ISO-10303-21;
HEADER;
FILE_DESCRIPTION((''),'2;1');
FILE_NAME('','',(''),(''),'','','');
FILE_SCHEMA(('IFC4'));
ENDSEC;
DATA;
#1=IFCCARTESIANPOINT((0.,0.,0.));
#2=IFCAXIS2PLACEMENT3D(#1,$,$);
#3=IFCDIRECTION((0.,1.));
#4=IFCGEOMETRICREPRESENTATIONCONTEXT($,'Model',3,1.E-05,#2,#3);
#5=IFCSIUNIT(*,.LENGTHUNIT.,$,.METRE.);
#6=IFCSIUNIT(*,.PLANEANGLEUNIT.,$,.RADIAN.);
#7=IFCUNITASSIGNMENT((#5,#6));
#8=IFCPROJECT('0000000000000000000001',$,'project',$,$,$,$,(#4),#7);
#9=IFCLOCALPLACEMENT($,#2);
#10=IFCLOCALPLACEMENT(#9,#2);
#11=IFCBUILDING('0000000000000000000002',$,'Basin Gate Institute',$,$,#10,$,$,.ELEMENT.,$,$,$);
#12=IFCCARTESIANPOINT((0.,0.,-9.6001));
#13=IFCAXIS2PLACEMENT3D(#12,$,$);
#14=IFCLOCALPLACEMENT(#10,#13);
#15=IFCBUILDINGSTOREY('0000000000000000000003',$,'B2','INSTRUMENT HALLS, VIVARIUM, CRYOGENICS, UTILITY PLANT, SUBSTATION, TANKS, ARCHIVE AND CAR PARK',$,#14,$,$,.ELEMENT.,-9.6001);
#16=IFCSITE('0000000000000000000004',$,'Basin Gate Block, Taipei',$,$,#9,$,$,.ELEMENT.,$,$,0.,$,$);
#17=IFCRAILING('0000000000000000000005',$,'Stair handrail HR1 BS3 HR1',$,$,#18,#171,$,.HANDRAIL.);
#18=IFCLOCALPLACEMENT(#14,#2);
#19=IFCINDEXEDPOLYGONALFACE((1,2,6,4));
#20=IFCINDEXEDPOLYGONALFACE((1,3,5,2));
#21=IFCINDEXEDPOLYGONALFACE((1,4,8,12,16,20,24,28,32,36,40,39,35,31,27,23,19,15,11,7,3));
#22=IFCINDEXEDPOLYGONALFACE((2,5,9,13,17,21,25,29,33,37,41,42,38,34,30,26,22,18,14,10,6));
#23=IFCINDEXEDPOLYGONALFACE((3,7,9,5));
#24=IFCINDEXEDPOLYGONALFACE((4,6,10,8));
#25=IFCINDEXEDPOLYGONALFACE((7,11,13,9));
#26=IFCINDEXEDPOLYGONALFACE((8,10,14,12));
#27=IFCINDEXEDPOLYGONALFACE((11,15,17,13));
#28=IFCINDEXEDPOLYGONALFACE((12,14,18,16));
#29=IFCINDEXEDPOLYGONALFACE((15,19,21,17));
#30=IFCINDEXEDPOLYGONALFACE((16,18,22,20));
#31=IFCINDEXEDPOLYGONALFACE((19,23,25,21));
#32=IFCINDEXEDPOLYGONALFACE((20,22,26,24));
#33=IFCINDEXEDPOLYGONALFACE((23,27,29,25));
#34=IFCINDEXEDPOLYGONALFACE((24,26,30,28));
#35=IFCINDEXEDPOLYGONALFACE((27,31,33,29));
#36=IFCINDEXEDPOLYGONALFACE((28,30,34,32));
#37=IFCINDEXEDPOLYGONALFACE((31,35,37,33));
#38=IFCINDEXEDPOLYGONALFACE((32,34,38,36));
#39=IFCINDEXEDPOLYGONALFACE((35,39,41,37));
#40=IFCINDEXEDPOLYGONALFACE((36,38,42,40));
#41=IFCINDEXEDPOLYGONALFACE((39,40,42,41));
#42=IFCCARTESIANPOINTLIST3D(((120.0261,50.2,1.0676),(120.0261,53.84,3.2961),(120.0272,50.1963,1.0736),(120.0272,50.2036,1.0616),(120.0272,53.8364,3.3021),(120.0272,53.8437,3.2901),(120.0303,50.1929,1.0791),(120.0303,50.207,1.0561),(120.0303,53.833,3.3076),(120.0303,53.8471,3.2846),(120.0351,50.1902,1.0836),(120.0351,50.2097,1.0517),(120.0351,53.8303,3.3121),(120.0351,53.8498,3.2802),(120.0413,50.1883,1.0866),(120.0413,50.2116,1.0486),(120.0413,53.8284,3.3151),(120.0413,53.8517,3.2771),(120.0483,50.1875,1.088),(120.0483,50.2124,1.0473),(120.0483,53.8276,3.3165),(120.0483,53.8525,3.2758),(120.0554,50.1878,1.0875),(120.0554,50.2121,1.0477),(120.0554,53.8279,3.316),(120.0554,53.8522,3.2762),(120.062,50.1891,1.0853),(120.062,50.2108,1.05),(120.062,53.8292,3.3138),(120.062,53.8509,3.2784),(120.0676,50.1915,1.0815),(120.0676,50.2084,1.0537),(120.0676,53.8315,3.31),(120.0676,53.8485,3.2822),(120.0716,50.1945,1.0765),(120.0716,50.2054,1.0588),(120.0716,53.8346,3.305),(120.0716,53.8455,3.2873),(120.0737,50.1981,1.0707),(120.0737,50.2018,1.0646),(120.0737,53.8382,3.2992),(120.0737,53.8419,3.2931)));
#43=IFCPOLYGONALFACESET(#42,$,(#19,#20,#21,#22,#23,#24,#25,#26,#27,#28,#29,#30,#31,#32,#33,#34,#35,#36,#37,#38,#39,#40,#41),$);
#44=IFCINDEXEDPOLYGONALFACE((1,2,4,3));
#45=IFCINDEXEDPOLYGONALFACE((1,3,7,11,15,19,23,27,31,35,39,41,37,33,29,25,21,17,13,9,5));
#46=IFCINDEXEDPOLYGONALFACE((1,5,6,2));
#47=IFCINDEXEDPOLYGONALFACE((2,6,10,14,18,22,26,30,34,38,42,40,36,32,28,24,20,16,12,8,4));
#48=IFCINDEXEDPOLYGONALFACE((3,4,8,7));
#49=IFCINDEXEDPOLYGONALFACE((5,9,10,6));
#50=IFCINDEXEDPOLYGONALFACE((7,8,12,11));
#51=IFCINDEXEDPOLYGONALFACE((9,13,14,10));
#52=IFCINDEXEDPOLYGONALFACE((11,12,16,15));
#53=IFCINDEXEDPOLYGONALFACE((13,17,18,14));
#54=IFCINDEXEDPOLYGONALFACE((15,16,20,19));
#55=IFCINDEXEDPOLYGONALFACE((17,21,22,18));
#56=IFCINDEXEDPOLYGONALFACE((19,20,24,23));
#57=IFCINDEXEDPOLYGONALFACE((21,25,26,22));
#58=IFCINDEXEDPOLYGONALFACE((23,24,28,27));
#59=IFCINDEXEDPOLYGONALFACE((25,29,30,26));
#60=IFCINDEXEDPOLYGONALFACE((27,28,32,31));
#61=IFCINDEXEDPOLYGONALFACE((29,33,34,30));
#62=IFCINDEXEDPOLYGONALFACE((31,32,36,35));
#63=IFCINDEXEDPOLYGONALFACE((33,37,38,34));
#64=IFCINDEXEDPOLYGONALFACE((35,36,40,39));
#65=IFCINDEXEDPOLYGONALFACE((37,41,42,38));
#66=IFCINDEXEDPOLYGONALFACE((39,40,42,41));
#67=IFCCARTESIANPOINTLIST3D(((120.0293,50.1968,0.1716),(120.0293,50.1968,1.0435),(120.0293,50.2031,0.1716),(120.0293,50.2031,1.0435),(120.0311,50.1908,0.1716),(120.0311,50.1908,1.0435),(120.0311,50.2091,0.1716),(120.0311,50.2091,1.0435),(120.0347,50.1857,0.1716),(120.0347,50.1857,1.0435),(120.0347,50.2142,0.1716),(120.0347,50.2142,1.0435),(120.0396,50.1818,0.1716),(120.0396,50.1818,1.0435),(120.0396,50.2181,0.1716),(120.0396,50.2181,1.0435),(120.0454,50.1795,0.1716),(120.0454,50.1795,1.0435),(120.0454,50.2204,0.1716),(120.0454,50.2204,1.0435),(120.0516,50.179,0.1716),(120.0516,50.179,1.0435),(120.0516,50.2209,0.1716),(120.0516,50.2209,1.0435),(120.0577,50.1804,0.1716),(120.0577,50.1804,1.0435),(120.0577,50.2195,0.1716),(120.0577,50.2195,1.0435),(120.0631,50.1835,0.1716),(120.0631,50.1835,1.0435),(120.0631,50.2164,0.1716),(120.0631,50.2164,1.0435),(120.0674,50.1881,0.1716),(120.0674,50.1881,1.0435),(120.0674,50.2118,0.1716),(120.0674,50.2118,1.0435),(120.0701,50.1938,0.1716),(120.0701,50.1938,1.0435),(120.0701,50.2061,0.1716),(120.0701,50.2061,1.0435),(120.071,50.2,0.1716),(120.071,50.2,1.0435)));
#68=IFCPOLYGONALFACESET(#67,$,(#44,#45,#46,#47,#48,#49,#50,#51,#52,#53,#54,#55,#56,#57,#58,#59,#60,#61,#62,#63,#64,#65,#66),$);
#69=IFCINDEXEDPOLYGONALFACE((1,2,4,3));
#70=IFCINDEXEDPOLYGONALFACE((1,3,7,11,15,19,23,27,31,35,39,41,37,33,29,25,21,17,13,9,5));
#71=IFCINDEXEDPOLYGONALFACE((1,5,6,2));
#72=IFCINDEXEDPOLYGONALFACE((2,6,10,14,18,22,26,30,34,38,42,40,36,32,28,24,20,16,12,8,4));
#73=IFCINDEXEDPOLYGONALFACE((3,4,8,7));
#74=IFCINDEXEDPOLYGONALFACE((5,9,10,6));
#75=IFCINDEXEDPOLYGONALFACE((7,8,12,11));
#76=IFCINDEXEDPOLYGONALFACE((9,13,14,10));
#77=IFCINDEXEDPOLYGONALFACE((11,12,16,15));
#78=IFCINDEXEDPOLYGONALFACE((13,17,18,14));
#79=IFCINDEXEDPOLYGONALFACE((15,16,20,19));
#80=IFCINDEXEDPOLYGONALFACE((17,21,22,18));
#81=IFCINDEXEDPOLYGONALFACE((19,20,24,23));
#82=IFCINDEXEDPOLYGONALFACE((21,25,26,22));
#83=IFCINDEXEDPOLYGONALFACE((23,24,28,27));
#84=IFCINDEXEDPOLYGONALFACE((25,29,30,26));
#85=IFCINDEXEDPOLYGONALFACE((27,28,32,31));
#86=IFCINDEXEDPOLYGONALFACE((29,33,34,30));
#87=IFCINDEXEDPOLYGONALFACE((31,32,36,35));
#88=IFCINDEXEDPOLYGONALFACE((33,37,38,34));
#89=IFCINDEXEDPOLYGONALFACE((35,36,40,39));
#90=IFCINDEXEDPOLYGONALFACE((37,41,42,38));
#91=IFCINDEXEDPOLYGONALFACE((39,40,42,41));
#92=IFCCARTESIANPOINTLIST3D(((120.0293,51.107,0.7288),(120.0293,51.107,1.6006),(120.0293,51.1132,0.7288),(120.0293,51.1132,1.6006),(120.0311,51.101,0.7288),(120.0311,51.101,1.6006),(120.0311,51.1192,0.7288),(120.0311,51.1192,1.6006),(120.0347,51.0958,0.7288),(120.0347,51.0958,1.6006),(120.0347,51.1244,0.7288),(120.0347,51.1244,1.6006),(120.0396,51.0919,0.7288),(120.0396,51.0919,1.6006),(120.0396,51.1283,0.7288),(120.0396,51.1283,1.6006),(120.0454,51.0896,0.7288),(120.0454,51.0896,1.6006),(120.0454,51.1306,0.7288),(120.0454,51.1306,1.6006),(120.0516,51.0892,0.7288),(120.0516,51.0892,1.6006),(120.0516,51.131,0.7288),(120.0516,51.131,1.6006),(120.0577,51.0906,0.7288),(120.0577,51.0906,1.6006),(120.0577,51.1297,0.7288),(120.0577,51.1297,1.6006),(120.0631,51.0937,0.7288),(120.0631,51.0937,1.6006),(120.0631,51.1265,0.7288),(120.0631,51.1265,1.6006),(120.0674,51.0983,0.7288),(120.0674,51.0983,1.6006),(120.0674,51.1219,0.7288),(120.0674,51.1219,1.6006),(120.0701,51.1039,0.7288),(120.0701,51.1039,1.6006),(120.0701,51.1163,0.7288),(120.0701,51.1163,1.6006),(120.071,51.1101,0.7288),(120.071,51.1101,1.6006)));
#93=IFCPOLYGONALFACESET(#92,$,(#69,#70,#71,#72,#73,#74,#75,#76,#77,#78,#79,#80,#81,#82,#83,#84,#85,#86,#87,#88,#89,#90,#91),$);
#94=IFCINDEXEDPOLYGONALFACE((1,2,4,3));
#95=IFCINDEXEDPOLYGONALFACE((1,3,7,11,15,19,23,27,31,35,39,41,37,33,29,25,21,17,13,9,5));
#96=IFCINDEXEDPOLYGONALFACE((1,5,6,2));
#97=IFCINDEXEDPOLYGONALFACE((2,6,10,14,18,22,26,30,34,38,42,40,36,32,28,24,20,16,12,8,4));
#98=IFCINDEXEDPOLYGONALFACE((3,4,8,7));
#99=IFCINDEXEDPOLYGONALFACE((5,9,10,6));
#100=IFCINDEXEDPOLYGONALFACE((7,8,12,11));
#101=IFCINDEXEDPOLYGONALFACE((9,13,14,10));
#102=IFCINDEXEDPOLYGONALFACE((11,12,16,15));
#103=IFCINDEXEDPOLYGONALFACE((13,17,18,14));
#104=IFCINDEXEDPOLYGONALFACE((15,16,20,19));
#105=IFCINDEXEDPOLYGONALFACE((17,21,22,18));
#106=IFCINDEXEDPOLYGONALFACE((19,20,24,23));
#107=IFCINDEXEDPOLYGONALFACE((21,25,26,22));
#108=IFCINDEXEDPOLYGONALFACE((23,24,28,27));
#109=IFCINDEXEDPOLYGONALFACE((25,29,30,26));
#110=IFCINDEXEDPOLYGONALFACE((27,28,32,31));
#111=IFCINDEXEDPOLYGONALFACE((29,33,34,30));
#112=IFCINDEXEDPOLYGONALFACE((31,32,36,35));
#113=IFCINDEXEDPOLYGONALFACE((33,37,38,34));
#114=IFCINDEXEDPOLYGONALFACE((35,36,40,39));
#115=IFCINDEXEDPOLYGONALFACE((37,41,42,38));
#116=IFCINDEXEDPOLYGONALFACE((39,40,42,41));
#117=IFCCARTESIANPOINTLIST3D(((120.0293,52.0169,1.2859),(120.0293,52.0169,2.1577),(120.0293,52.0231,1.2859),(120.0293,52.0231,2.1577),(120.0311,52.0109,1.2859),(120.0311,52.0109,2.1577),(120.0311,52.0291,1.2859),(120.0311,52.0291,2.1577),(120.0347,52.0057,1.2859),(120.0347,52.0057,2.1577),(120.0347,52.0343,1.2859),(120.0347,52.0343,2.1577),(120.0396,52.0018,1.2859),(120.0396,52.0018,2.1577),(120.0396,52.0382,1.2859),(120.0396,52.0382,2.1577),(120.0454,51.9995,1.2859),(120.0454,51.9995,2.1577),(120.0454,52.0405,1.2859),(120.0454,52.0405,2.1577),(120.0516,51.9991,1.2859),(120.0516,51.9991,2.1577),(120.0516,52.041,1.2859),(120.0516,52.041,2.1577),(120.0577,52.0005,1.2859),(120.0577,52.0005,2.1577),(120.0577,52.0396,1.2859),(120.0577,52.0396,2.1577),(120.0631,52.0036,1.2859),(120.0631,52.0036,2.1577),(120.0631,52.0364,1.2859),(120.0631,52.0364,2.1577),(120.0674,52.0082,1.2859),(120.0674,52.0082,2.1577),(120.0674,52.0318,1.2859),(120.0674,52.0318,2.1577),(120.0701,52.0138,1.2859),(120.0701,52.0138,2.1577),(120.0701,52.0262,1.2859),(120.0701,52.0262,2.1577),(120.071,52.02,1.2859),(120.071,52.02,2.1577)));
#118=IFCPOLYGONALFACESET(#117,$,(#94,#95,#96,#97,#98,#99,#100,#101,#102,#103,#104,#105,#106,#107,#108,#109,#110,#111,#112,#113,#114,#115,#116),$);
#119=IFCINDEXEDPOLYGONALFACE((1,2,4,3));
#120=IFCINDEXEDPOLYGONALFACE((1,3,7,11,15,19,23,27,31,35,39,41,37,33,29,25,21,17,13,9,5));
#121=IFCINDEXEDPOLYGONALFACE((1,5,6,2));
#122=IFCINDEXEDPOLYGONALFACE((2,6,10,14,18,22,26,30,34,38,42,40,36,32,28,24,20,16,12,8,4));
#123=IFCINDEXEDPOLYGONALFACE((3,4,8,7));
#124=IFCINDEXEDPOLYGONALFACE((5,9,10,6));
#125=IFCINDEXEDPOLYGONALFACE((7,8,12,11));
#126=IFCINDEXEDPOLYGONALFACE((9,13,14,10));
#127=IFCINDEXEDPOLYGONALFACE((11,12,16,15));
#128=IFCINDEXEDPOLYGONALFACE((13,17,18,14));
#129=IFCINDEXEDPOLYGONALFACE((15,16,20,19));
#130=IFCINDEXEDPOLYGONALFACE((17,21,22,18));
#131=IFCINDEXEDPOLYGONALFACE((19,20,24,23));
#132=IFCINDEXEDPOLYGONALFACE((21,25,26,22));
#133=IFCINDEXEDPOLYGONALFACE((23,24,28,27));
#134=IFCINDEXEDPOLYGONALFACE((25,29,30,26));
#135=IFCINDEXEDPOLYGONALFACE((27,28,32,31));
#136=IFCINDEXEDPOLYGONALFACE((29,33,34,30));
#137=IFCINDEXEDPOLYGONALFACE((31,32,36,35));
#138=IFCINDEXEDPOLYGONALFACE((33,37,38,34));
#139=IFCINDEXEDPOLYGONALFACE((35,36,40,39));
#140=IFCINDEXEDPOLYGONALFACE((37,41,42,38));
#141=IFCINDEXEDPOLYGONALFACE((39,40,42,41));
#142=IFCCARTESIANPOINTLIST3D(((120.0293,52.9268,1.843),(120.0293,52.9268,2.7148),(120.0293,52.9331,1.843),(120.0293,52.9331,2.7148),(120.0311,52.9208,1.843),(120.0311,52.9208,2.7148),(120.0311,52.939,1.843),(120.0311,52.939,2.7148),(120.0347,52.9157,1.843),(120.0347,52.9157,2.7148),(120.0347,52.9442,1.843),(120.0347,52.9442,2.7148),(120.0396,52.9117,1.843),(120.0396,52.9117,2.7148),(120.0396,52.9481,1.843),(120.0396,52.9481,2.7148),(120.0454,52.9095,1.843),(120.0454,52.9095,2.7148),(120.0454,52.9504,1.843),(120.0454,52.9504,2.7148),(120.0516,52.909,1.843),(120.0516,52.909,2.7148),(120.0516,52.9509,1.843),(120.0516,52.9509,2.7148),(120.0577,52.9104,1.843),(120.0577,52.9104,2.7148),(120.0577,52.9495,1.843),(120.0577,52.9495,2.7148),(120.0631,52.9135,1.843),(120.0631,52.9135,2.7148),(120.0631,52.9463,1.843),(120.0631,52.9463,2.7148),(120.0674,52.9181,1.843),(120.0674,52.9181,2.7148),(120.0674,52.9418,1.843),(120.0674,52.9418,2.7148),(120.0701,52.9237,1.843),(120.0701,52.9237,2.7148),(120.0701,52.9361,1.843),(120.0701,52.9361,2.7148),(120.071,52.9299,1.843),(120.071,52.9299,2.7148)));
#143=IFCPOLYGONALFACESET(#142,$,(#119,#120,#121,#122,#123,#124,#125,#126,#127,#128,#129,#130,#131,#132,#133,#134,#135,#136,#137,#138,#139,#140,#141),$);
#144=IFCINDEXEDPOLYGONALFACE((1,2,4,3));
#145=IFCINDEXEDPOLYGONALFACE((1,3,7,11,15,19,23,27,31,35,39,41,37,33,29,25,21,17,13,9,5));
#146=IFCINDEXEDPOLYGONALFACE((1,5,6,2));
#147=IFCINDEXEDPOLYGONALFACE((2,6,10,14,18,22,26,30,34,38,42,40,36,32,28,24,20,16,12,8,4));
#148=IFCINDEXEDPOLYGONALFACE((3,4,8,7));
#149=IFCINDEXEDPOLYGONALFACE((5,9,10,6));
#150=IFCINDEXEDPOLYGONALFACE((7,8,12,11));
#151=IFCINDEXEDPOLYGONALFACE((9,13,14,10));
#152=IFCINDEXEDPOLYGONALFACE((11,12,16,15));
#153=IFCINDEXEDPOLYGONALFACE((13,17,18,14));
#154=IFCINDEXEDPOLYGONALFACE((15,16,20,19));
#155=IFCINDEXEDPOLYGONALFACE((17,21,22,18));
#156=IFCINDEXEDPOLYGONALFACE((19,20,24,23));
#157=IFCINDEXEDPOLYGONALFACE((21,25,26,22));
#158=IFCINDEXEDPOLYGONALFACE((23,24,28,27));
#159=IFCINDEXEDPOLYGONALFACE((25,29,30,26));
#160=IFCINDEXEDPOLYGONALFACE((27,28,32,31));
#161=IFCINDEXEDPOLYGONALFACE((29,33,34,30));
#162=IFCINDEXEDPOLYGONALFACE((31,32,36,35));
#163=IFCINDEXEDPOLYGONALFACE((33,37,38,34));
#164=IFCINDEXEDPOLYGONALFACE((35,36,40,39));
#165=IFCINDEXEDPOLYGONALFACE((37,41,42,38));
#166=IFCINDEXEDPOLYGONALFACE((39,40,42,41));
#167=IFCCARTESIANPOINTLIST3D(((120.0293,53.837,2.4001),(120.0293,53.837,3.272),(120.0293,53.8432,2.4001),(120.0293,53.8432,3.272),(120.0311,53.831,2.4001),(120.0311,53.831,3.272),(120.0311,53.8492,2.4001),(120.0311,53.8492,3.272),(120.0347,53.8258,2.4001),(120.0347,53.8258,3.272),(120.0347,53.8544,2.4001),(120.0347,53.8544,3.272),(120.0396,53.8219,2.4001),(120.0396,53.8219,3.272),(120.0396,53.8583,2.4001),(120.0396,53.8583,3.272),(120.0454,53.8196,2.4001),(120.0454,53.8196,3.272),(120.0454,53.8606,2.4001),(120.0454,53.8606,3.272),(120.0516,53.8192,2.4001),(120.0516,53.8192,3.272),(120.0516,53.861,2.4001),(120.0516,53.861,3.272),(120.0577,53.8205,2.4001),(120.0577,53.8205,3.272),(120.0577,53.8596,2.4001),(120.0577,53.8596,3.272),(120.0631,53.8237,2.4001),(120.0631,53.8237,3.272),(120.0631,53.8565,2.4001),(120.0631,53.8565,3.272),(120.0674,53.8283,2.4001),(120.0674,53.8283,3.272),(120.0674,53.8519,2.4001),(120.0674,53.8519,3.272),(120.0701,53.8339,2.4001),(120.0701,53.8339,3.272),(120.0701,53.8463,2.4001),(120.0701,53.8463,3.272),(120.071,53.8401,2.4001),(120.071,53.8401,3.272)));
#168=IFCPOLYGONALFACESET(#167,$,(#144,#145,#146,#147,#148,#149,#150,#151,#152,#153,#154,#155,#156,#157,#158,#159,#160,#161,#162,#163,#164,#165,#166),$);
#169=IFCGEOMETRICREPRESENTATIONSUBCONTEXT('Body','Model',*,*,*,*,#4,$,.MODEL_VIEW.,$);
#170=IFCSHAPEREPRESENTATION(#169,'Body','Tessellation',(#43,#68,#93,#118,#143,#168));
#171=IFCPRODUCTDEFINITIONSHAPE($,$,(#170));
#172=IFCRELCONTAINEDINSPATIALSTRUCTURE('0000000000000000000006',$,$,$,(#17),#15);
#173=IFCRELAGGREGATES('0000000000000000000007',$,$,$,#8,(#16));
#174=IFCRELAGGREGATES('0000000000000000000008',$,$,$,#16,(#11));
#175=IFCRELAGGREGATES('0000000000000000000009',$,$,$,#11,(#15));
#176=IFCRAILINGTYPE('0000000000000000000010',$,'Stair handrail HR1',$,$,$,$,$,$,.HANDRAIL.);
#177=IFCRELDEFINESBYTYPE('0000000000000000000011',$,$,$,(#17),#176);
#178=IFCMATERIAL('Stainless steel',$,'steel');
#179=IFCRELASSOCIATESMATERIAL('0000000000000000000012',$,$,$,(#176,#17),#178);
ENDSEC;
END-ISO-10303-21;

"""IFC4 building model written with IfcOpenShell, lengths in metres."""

from ifc_helpers import new_model, si_unit, direction, frame, origin, origin_2d, place, context, subcontext, project, spatial, circle, extrude, material, type_object, element, save


model = new_model("IFC4")

# Units and contexts
model_context = context("Model", 3, precision=1e-05, world=origin(), true_north=direction((0.0, 1.0)))
body_context = subcontext(model_context, "Body", "Model", "MODEL_VIEW")
ifc_project = project(units=[si_unit("LENGTHUNIT", "METRE"), si_unit("PLANEANGLEUNIT", "RADIAN")], contexts=[model_context])

# Site, building, storey
site_placement = place(None, origin())
site = spatial("IfcSite", under=ifc_project, at=site_placement, Name="Basin Gate Block, Taipei", CompositionType="ELEMENT", RefElevation=0.0)
building_placement = place(site_placement, origin())
building = spatial("IfcBuilding", under=site, at=building_placement, Name="Basin Gate Institute", CompositionType="ELEMENT")
storey_placement = place(building_placement, frame((0.0, 0.0, -9.6001)))
storey = spatial("IfcBuildingStorey", under=building, at=storey_placement, Name="B2", Description="INSTRUMENT HALLS, VIVARIUM, CRYOGENICS, UTILITY PLANT, SUBSTATION, TANKS, ARCHIVE AND CAR PARK", CompositionType="ELEMENT", Elevation=-9.6001)

# Railing
ifc_material_1 = material(Name="Stainless steel", Category="steel")
railing_type_1 = type_object("IfcRailingType", Name="Stair handrail HR1", PredefinedType="HANDRAIL", material=ifc_material_1)
for number, where, name in (
    (1, (120.05, 50.2, 0.1716), "Stair handrail HR1 BS3 HR1"),
):
    element("IfcRailing", number, at=place(storey_placement, frame(where)), inside=storey, type_object=railing_type_1, material=ifc_material_1, Name=name, PredefinedType="HANDRAIL", context=body_context, shape_type="SweptSolid", body=[
        extrude(circle(Radius=0.0239, at=origin_2d()), frame((0.0, 0.0, 0.896), z_axis=(0.0, 0.852866, 0.52213), x_axis=(-1.0, 0.0, 0.0)), (0.0, 0.0, 1.0), 4.2681),
        extrude(circle(Radius=0.021, at=origin_2d()), origin(), (0.0, 0.0, 1.0), 0.8718),
        extrude(circle(Radius=0.021, at=origin_2d()), frame((0.0, 0.9102, 0.5571)), (0.0, 0.0, 1.0), 0.8718),
        extrude(circle(Radius=0.021, at=origin_2d()), frame((0.0, 1.8201, 1.1143)), (0.0, 0.0, 1.0), 0.8718),
        extrude(circle(Radius=0.021, at=origin_2d()), frame((0.0, 2.73, 1.6714)), (0.0, 0.0, 1.0), 0.8718),
        extrude(circle(Radius=0.021, at=origin_2d()), frame((0.0, 3.6401, 2.2285)), (0.0, 0.0, 1.0), 0.8718),
    ])

save(model, "model.ifc")
